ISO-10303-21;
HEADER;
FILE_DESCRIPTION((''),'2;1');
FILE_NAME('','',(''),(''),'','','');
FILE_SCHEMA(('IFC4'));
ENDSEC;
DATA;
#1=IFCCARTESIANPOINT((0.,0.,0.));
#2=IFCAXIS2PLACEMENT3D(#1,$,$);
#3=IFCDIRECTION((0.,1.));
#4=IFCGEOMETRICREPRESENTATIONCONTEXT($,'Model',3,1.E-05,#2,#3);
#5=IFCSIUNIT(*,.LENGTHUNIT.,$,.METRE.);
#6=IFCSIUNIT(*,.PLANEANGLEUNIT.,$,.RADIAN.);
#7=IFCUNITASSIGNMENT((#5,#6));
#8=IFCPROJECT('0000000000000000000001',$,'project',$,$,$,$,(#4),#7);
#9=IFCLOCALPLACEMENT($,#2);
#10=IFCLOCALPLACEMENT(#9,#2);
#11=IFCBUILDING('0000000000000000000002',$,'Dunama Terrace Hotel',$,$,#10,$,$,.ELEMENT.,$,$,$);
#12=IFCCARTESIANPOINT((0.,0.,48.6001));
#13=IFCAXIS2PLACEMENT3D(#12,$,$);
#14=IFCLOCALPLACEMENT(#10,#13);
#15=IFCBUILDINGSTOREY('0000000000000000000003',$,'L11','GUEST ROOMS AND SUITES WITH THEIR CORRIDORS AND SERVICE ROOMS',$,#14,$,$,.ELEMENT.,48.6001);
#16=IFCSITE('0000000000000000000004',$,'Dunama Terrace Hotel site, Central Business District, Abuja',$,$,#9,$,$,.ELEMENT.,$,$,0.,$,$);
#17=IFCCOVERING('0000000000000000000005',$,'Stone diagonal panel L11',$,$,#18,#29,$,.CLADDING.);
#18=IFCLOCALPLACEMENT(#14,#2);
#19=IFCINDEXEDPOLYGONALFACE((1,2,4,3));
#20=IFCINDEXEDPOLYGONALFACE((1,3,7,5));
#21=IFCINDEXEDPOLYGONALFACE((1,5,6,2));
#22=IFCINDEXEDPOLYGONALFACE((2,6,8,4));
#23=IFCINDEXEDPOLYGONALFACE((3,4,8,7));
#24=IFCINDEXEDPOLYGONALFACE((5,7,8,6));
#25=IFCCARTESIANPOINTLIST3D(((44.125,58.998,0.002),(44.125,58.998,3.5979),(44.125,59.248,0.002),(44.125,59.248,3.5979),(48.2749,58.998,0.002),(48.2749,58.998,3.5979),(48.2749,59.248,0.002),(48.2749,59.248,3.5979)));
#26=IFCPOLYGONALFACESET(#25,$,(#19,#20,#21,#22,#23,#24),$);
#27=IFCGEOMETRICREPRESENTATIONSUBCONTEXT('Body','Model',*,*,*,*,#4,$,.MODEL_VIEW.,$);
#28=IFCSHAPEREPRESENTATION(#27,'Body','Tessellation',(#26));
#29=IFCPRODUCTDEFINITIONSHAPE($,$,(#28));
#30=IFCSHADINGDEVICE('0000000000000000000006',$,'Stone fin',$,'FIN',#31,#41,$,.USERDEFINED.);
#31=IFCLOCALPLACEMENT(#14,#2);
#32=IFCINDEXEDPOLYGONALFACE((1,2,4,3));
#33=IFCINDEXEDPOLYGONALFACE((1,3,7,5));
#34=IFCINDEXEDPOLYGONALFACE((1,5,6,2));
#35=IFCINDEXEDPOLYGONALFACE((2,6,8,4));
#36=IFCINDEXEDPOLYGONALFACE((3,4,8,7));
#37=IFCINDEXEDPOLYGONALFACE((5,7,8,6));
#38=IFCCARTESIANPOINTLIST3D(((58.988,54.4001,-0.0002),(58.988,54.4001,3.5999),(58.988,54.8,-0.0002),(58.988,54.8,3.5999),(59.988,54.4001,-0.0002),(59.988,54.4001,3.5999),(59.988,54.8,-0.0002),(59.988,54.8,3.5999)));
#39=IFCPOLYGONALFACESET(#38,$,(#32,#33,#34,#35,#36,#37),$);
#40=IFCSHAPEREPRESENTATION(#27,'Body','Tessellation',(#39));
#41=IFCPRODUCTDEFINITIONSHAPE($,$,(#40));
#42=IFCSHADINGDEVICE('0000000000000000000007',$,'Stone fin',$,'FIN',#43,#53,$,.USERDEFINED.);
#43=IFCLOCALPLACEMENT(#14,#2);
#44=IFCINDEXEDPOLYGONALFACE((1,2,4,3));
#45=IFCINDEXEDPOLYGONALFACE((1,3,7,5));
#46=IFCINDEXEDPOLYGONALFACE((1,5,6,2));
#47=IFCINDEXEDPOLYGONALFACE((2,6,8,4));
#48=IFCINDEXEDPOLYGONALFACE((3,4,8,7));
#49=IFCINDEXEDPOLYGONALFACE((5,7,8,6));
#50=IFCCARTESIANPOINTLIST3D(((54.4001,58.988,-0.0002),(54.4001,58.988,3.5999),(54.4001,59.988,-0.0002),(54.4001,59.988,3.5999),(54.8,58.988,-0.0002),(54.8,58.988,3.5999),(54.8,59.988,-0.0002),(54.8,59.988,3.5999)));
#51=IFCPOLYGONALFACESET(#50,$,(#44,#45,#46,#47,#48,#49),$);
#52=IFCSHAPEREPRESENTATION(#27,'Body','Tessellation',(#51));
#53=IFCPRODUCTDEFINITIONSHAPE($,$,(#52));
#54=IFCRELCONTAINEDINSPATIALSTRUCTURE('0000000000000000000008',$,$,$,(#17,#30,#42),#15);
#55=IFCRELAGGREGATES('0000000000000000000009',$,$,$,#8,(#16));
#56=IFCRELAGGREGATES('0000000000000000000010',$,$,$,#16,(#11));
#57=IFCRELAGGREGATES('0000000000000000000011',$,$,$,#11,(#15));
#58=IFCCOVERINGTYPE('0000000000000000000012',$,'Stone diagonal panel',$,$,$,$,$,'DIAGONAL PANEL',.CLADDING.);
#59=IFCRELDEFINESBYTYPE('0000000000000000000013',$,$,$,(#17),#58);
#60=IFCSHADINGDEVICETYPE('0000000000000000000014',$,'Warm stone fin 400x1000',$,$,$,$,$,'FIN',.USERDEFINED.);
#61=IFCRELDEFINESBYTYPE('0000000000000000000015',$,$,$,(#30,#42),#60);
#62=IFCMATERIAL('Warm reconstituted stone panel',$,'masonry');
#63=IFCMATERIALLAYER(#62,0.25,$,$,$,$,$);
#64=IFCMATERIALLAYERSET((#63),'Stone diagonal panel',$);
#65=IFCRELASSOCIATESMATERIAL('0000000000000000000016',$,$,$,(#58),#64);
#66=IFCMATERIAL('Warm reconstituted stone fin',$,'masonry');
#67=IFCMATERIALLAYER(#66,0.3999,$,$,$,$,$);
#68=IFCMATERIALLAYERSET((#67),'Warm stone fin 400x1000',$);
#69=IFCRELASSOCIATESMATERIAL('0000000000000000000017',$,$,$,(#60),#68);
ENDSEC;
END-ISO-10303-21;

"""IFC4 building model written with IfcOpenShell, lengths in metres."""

from ifc_helpers import new_model, si_unit, direction, frame, origin, origin_2d, place, context, subcontext, project, spatial, rectangle, extrude, material, layer, layer_set, type_object, element, save


model = new_model("IFC4")

# Units and contexts
model_context = context("Model", 3, precision=1e-05, world=origin(), true_north=direction((0.0, 1.0)))
body_context = subcontext(model_context, "Body", "Model", "MODEL_VIEW")
ifc_project = project(units=[si_unit("LENGTHUNIT", "METRE"), si_unit("PLANEANGLEUNIT", "RADIAN")], contexts=[model_context])

# Site, building, storey
site_placement = place(None, origin())
site = spatial("IfcSite", under=ifc_project, at=site_placement, Name="Dunama Terrace Hotel site, Central Business District, Abuja", CompositionType="ELEMENT", RefElevation=0.0)
building_placement = place(site_placement, origin())
building = spatial("IfcBuilding", under=site, at=building_placement, Name="Dunama Terrace Hotel", CompositionType="ELEMENT")
storey_placement = place(building_placement, frame((0.0, 0.0, 48.6001)))
storey = spatial("IfcBuildingStorey", under=building, at=storey_placement, Name="L11", Description="GUEST ROOMS AND SUITES WITH THEIR CORRIDORS AND SERVICE ROOMS", CompositionType="ELEMENT", Elevation=48.6001)

# Covering
ifc_material_1 = material(Name="Warm reconstituted stone panel", Category="masonry")
ifc_layer_1 = layer(ifc_material_1, 0.25)
ifc_layer_set_1 = layer_set([ifc_layer_1], Name="Stone diagonal panel")
covering_type = type_object("IfcCoveringType", Name="Stone diagonal panel", ElementType="DIAGONAL PANEL", PredefinedType="CLADDING", material=ifc_layer_set_1)
covering_1_placement = place(storey_placement, frame((46.2, 59.123, 0.002), z_axis=(0.0, 0.0, 1.0), x_axis=(-1.0, 0.0, 0.0)))
element("IfcCovering", 1, at=covering_1_placement, inside=storey, type_object=covering_type, Name="Stone diagonal panel L11", PredefinedType="CLADDING", context=body_context, shape_type="SweptSolid", body=[
    extrude(rectangle(XDim=4.1499, YDim=0.25, at=origin_2d()), origin(), (0.0, 0.0, 1.0), 3.5959),
])

# Shading devices
ifc_material_2 = material(Name="Warm reconstituted stone fin", Category="masonry")
ifc_layer_2 = layer(ifc_material_2, 0.3999)
ifc_layer_set_2 = layer_set([ifc_layer_2], Name="Warm stone fin 400x1000")
shading_device_type = type_object("IfcShadingDeviceType", Name="Warm stone fin 400x1000", ElementType="FIN", PredefinedType="USERDEFINED", material=ifc_layer_set_2)
for number, where, z_axis, x_axis, name in (
    (2, (59.488, 54.6001, -0.0002), (0.0, 0.0, 1.0), (0.0, 1.0, 0.0), "Stone fin"),
    (3, (54.6001, 59.488, -0.0002), (0.0, 0.0, 1.0), (-1.0, 0.0, 0.0), "Stone fin"),
):
    element("IfcShadingDevice", number, at=place(storey_placement, frame(where, z_axis=z_axis, x_axis=x_axis)), inside=storey, type_object=shading_device_type, Name=name, ObjectType="FIN", PredefinedType="USERDEFINED", context=body_context, shape_type="SweptSolid", body=[
        extrude(rectangle(XDim=0.3999, YDim=1.0, at=origin_2d()), origin(), (0.0, 0.0, 1.0), 3.6001),
    ])

save(model, "model.ifc")
